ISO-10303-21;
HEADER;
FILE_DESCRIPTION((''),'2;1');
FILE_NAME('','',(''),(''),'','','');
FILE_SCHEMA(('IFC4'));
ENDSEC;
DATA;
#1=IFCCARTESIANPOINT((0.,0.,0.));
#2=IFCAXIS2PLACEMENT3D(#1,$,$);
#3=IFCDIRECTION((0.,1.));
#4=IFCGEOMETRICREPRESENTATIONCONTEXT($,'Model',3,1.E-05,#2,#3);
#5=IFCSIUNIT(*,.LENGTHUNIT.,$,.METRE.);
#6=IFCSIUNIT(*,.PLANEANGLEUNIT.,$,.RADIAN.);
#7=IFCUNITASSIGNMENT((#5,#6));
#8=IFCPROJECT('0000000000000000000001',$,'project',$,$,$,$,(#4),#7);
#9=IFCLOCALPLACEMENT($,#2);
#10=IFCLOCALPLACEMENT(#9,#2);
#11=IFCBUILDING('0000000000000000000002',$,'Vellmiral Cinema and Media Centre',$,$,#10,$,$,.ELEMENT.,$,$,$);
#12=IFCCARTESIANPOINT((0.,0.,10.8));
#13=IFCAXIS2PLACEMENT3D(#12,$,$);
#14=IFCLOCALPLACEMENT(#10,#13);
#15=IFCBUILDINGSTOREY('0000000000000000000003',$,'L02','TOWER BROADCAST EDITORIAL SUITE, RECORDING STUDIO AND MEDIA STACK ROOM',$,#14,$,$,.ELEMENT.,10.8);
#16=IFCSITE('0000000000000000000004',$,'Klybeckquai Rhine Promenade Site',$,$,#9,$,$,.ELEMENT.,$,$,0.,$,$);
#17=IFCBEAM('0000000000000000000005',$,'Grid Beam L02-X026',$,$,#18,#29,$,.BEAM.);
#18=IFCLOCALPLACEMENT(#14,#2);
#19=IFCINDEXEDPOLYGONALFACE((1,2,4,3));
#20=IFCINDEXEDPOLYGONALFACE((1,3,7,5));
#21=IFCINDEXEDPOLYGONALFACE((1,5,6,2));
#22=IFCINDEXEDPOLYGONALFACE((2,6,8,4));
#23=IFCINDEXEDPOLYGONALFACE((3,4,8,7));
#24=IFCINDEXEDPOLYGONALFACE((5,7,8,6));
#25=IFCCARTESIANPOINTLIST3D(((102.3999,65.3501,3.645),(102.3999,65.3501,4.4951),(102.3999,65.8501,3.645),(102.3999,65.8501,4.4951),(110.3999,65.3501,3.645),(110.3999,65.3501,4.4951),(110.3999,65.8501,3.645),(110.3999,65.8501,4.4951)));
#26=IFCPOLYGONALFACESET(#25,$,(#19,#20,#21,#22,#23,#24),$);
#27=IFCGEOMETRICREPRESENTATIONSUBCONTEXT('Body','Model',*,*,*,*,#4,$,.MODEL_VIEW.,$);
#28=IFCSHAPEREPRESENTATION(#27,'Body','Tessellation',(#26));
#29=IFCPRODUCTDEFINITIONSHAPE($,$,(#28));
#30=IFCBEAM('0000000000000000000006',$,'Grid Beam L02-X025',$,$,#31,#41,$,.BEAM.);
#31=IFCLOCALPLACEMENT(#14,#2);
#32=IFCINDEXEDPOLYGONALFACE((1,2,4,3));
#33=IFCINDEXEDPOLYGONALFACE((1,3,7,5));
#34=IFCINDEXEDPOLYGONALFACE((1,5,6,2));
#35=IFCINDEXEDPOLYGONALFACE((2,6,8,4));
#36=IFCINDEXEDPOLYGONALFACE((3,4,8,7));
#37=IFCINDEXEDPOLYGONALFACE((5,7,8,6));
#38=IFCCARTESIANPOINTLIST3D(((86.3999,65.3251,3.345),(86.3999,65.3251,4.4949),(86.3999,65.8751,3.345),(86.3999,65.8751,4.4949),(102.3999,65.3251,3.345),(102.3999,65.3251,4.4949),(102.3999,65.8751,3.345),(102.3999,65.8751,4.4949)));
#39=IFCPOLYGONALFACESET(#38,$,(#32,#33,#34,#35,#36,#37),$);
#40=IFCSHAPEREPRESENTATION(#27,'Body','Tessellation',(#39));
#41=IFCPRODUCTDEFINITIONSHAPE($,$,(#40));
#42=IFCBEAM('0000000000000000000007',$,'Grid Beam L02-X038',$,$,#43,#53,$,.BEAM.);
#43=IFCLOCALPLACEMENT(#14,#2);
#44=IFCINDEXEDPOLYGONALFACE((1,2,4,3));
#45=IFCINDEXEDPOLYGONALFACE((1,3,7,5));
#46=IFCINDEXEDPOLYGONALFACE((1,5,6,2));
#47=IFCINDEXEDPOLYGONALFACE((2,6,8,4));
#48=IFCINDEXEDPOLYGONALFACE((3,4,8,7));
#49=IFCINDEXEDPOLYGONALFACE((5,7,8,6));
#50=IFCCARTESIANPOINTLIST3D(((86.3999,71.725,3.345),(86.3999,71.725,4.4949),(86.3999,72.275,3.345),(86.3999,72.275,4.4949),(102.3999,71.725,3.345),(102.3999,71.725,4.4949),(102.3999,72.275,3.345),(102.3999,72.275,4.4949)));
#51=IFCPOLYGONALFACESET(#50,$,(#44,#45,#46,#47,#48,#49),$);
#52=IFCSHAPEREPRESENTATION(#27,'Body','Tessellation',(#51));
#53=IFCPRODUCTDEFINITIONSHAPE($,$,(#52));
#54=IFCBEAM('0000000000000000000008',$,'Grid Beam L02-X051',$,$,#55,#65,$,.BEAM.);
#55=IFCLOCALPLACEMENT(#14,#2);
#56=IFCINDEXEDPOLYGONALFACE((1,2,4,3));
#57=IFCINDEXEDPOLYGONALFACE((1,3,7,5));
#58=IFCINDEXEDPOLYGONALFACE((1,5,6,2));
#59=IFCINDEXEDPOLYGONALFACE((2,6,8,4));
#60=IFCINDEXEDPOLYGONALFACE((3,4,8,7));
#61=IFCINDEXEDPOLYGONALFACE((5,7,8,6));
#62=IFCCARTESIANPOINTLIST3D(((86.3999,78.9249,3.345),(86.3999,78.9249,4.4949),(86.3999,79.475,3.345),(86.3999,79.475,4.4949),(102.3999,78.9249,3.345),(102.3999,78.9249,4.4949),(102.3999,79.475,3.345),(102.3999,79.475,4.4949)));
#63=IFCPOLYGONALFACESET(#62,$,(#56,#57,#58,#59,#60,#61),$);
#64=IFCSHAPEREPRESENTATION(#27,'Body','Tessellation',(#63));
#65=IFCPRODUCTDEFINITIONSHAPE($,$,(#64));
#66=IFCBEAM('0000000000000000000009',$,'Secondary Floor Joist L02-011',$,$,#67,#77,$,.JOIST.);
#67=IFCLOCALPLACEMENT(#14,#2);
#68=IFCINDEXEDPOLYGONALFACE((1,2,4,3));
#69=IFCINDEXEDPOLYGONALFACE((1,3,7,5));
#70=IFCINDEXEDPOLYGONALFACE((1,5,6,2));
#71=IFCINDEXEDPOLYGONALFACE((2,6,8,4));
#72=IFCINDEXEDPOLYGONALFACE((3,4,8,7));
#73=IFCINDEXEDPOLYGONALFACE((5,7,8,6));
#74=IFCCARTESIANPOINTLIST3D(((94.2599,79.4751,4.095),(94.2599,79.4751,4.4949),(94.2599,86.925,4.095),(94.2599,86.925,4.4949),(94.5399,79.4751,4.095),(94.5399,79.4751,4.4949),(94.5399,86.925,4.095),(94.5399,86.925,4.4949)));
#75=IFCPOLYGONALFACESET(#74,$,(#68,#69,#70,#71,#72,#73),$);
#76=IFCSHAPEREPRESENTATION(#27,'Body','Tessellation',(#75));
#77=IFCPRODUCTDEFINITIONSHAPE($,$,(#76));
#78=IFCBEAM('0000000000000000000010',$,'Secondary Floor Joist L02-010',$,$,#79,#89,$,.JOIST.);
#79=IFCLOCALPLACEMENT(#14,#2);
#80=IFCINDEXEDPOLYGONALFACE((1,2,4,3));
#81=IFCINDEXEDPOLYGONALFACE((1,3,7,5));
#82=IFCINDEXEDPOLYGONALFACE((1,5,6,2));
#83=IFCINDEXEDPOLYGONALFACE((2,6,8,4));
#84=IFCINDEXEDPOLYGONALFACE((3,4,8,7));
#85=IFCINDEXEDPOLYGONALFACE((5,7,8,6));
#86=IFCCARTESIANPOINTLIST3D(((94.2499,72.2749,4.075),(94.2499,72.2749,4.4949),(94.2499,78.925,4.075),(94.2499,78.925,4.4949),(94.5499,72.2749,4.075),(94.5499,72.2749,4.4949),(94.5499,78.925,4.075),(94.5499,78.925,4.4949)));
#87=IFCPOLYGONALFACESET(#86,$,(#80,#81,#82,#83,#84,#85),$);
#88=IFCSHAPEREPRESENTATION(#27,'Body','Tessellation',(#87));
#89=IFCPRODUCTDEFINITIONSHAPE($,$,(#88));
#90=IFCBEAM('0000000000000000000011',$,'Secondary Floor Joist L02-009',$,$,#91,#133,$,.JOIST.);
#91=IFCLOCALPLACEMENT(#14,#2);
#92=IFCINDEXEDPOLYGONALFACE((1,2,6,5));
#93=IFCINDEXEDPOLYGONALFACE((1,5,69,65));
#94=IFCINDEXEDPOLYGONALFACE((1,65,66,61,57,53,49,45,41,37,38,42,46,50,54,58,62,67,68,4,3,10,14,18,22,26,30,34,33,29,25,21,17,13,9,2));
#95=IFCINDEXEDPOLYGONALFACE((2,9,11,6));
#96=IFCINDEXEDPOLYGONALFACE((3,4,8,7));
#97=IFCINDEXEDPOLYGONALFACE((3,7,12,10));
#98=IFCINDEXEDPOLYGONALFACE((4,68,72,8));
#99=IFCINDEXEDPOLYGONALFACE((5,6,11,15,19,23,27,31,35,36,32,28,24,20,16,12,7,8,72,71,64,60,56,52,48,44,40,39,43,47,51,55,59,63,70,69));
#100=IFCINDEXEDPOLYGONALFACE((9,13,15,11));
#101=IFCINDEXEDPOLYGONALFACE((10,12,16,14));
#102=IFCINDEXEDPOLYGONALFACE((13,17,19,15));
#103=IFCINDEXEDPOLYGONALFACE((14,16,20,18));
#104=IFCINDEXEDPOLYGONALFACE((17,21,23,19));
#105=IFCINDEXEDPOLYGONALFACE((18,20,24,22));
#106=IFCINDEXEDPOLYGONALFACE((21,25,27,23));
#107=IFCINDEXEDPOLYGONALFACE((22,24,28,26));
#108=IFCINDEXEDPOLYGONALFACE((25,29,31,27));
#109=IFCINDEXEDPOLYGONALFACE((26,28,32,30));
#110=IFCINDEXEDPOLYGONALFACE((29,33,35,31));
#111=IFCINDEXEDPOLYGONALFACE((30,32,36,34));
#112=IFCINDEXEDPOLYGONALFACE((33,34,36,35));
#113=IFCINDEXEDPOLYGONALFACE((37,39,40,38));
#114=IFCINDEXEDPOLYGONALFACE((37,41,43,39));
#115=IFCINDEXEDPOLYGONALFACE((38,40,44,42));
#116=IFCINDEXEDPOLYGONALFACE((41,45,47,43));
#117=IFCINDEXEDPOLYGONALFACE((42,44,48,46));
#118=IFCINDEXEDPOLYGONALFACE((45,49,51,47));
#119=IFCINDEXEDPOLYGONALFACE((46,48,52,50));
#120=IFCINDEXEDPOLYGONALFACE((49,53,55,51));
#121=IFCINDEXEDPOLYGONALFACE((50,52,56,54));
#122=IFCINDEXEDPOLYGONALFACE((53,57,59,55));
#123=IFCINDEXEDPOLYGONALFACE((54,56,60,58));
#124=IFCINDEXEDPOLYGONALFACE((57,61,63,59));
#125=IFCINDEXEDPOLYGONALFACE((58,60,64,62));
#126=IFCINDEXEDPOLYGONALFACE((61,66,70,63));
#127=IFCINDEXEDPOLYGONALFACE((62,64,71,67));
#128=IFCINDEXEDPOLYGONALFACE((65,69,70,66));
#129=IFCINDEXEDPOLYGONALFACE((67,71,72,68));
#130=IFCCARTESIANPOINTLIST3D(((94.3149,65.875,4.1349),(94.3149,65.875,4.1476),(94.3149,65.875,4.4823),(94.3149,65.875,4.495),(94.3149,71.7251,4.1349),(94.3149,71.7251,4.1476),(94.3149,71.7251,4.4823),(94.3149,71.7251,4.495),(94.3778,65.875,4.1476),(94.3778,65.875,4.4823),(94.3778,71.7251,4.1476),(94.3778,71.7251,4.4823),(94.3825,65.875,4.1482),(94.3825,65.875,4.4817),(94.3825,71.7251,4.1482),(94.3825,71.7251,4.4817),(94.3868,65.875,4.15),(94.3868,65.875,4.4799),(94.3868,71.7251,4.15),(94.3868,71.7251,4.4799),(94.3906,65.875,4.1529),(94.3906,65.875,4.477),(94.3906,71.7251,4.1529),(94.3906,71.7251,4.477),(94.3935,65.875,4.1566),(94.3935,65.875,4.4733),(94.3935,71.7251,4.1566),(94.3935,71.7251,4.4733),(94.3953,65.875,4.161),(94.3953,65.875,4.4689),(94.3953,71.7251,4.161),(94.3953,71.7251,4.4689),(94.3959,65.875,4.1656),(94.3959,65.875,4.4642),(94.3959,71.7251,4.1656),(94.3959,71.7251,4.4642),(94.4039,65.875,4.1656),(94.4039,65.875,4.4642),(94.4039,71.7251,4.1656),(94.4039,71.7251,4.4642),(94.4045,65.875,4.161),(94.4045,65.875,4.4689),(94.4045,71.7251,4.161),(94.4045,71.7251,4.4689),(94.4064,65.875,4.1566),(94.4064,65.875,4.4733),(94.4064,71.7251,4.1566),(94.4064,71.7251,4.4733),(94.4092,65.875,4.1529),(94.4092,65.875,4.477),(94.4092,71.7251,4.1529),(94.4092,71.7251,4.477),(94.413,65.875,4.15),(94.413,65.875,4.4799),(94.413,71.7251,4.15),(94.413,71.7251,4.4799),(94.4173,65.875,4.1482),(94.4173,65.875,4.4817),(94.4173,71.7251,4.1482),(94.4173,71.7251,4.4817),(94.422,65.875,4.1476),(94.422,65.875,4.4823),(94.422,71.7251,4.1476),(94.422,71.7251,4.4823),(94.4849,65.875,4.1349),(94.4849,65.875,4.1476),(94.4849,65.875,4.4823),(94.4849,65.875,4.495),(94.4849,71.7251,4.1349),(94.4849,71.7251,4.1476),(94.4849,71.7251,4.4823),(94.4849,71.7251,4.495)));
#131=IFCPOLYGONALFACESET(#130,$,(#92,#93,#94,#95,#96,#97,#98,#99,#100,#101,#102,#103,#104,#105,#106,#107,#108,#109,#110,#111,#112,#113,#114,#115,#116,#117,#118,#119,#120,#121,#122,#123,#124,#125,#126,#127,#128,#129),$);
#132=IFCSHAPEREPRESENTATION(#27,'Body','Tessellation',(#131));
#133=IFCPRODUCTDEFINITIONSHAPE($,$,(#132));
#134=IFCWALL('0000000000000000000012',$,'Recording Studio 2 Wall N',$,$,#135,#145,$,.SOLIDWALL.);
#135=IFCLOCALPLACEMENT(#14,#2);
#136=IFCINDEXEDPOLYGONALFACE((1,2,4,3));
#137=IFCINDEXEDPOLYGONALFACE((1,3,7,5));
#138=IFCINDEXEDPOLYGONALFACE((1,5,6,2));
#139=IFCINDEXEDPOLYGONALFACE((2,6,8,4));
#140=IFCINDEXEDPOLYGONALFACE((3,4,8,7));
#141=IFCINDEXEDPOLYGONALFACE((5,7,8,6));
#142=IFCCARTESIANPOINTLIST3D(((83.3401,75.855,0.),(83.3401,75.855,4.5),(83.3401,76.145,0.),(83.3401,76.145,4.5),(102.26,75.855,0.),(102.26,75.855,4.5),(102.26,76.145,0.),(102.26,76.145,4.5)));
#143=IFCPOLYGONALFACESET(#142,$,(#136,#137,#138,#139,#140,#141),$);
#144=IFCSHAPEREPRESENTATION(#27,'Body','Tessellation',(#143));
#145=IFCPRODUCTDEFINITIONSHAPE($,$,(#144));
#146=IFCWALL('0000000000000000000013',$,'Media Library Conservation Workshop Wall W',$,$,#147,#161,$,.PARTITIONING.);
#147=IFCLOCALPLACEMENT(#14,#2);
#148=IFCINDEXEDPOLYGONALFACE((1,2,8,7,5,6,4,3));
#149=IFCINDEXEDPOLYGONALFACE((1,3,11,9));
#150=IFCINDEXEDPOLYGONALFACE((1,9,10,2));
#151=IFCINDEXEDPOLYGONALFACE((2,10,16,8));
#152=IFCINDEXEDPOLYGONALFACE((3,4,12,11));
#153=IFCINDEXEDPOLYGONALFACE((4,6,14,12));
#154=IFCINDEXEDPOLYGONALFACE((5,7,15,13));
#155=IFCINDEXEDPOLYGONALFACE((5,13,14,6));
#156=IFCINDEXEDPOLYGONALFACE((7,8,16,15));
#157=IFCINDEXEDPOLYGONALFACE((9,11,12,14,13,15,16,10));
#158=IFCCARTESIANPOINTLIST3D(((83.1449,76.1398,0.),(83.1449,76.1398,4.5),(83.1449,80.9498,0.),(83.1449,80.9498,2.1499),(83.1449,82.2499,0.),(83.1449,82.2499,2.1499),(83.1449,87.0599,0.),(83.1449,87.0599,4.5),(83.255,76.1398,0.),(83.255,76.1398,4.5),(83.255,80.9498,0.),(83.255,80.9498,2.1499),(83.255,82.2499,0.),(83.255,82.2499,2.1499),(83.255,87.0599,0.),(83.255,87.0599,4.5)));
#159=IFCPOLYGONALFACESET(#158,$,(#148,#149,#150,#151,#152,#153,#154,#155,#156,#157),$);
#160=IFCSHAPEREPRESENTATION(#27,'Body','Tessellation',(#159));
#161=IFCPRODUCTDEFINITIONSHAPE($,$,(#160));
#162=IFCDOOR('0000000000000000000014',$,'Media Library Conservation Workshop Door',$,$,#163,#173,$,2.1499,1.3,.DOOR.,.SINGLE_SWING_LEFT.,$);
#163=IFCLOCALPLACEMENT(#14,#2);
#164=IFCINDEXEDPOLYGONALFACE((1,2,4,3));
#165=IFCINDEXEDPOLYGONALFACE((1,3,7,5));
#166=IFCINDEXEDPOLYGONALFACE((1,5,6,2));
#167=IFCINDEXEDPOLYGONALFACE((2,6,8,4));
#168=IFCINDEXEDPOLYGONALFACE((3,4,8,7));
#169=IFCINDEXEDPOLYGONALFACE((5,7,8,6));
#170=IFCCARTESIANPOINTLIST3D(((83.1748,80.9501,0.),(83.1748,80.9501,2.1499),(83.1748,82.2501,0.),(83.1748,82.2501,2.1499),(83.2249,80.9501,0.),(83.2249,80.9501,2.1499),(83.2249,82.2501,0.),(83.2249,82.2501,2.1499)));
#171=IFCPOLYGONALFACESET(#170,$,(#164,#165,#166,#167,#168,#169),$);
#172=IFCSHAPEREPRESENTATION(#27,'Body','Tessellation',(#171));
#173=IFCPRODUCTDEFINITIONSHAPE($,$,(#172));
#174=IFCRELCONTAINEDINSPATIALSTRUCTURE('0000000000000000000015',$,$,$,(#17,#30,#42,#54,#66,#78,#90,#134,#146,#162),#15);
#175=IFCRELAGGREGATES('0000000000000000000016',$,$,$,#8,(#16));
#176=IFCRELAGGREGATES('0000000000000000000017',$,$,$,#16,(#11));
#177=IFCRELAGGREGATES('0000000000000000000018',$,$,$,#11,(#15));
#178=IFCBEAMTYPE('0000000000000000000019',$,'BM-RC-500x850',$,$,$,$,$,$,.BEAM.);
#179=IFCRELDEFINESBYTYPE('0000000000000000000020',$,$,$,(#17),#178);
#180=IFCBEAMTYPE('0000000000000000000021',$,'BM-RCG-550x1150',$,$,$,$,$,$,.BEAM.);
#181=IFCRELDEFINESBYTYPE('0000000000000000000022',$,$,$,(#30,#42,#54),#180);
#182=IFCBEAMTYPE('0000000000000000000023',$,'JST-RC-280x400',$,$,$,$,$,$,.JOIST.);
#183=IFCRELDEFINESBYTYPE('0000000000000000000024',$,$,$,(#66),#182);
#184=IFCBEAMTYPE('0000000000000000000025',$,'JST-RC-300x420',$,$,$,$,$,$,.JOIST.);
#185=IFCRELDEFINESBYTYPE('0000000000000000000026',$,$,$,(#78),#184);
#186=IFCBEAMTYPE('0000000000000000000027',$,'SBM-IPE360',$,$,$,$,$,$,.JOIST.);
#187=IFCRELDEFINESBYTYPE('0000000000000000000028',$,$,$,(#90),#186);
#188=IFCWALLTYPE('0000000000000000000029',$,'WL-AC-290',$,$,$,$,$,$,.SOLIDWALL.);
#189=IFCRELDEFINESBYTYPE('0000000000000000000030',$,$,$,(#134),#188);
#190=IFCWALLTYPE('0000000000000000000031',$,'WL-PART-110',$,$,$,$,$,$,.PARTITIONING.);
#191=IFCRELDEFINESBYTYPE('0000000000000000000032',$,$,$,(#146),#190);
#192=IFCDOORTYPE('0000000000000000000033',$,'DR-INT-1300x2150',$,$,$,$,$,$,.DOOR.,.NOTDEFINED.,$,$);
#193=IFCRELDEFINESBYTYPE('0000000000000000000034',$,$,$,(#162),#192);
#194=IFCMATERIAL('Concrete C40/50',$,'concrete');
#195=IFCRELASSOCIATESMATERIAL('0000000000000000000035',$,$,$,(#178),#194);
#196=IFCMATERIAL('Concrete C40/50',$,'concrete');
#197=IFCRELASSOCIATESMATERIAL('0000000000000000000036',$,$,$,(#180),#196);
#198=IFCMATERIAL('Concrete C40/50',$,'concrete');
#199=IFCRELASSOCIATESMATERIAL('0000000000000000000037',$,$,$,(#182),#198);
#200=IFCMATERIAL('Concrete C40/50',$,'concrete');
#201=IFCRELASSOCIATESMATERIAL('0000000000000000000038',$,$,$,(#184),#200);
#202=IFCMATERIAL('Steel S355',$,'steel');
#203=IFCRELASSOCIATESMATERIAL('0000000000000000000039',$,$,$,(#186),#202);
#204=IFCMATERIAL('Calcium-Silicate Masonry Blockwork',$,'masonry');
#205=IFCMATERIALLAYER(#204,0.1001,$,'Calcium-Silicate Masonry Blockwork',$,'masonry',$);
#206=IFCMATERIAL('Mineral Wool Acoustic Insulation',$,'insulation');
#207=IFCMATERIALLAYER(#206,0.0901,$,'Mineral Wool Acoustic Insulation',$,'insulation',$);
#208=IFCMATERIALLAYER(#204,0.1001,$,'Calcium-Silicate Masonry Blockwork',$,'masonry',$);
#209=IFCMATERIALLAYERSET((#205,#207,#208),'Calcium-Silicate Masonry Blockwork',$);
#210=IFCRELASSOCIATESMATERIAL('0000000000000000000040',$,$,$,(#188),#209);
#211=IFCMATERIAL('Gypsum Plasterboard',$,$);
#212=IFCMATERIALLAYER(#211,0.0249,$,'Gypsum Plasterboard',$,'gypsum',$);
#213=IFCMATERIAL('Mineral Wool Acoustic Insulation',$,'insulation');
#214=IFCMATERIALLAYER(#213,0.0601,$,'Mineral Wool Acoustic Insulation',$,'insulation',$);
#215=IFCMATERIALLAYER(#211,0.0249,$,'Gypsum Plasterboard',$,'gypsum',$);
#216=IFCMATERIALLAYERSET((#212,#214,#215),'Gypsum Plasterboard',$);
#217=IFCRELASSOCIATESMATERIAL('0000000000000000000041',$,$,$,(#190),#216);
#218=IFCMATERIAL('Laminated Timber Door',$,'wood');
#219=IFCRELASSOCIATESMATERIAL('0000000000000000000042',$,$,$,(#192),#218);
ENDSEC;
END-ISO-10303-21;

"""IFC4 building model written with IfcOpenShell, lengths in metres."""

from ifc_helpers import new_model, si_unit, direction, frame, frame_2d, origin, origin_2d, place, context, subcontext, project, spatial, rectangle, i_section, extrude, material, layer, layer_set, material_profile, profile_set, type_object, element, fill, save


model = new_model("IFC4")

# Units and contexts
model_context = context("Model", 3, precision=1e-05, world=origin(), true_north=direction((0.0, 1.0)))
body_context = subcontext(model_context, "Body", "Model", "MODEL_VIEW")
ifc_project = project(units=[si_unit("LENGTHUNIT", "METRE"), si_unit("PLANEANGLEUNIT", "RADIAN")], contexts=[model_context])

# Site, building, storey
site_placement = place(None, origin())
site = spatial("IfcSite", under=ifc_project, at=site_placement, Name="Klybeckquai Rhine Promenade Site", CompositionType="ELEMENT", RefElevation=0.0)
building_placement = place(site_placement, origin())
building = spatial("IfcBuilding", under=site, at=building_placement, Name="Vellmiral Cinema and Media Centre", CompositionType="ELEMENT")
storey_placement = place(building_placement, frame((0.0, 0.0, 10.8)))
storey = spatial("IfcBuildingStorey", under=building, at=storey_placement, Name="L02", Description="TOWER BROADCAST EDITORIAL SUITE, RECORDING STUDIO AND MEDIA STACK ROOM", CompositionType="ELEMENT", Elevation=10.8)

# Beams
ifc_material_1 = material(Name="Concrete C40/50", Category="concrete")
ifc_material_profile_1 = material_profile(ifc_material_1, rectangle(XDim=0.5, YDim=0.8501, at=origin_2d()), Name="RC 500x850")
ifc_profile_set_1 = profile_set([ifc_material_profile_1], Name="Concrete C40/50")
beam_type_1 = type_object("IfcBeamType", Name="BM-RC-500x850", PredefinedType="BEAM", material=ifc_profile_set_1)
beam_1_placement = place(storey_placement, frame((102.3999, 65.6001, 4.0701), z_axis=(1.0, 0.0, 0.0), x_axis=(0.0, 1.0, 0.0)))
element("IfcBeam", 1, at=beam_1_placement, inside=storey, type_object=beam_type_1, Name="Grid Beam L02-X026", PredefinedType="BEAM", context=body_context, shape_type="SweptSolid", body=[
    extrude(rectangle(XDim=0.5, YDim=0.8501, at=origin_2d()), origin(), (0.0, 0.0, 1.0), 8.0),
])
ifc_material_2 = material(Name="Concrete C40/50", Category="concrete")
ifc_material_profile_2 = material_profile(ifc_material_2, rectangle(XDim=0.55, YDim=1.1499, at=origin_2d()), Name="RC 550x1150")
ifc_profile_set_2 = profile_set([ifc_material_profile_2], Name="Concrete C40/50")
beam_type_2 = type_object("IfcBeamType", Name="BM-RCG-550x1150", PredefinedType="BEAM", material=ifc_profile_set_2)
for number, where, z_axis, x_axis, name in (
    (2, (86.3999, 65.6001, 3.9199), (1.0, 0.0, 0.0), (0.0, 1.0, 0.0), "Grid Beam L02-X025"),
    (3, (86.3999, 72.0, 3.9199), (1.0, 0.0, 0.0), (0.0, 1.0, 0.0), "Grid Beam L02-X038"),
    (4, (86.3999, 79.2, 3.9199), (1.0, 0.0, 0.0), (0.0, 1.0, 0.0), "Grid Beam L02-X051"),
):
    element("IfcBeam", number, at=place(storey_placement, frame(where, z_axis=z_axis, x_axis=x_axis)), inside=storey, type_object=beam_type_2, Name=name, PredefinedType="BEAM", context=body_context, shape_type="SweptSolid", body=[
        extrude(rectangle(XDim=0.55, YDim=1.1499, at=origin_2d()), origin(), (0.0, 0.0, 1.0), 16.0),
    ])
ifc_material_3 = material(Name="Concrete C40/50", Category="concrete")
ifc_material_profile_3 = material_profile(ifc_material_3, rectangle(XDim=0.28, YDim=0.3999, at=origin_2d()), Name="RC 280x400")
ifc_profile_set_3 = profile_set([ifc_material_profile_3], Name="Concrete C40/50")
beam_type_3 = type_object("IfcBeamType", Name="JST-RC-280x400", PredefinedType="JOIST", material=ifc_profile_set_3)
beam_2_placement = place(storey_placement, frame((94.3999, 79.4751, 4.2949), z_axis=(0.0, 1.0, 0.0), x_axis=(-1.0, 0.0, 0.0)))
element("IfcBeam", 5, at=beam_2_placement, inside=storey, type_object=beam_type_3, Name="Secondary Floor Joist L02-011", PredefinedType="JOIST", context=body_context, shape_type="SweptSolid", body=[
    extrude(rectangle(XDim=0.28, YDim=0.3999, at=origin_2d()), origin(), (0.0, 0.0, 1.0), 7.45),
])
ifc_material_4 = material(Name="Concrete C40/50", Category="concrete")
ifc_material_profile_4 = material_profile(ifc_material_4, rectangle(XDim=0.3, YDim=0.4199, at=origin_2d()), Name="RC 300x420")
ifc_profile_set_4 = profile_set([ifc_material_profile_4], Name="Concrete C40/50")
beam_type_4 = type_object("IfcBeamType", Name="JST-RC-300x420", PredefinedType="JOIST", material=ifc_profile_set_4)
beam_3_placement = place(storey_placement, frame((94.3999, 72.2749, 4.2849), z_axis=(0.0, 1.0, 0.0), x_axis=(-1.0, 0.0, 0.0)))
element("IfcBeam", 6, at=beam_3_placement, inside=storey, type_object=beam_type_4, Name="Secondary Floor Joist L02-010", PredefinedType="JOIST", context=body_context, shape_type="SweptSolid", body=[
    extrude(rectangle(XDim=0.3, YDim=0.4199, at=origin_2d()), origin(), (0.0, 0.0, 1.0), 6.6501),
])
ifc_material_5 = material(Name="Steel S355", Category="steel")
ifc_material_profile_5 = material_profile(ifc_material_5, i_section(OverallWidth=0.1699, OverallDepth=0.3601, WebThickness=0.0081, FlangeThickness=0.0127, FilletRadius=0.0181, at=origin_2d()), Name="IPE 360")
ifc_profile_set_5 = profile_set([ifc_material_profile_5], Name="Steel S355")
beam_type_5 = type_object("IfcBeamType", Name="SBM-IPE360", PredefinedType="JOIST", material=ifc_profile_set_5)
beam_4_placement = place(storey_placement, frame((94.3999, 65.875, 4.3149), z_axis=(0.0, 1.0, 0.0), x_axis=(-1.0, 0.0, 0.0)))
element("IfcBeam", 7, at=beam_4_placement, inside=storey, type_object=beam_type_5, Name="Secondary Floor Joist L02-009", PredefinedType="JOIST", context=body_context, shape_type="SweptSolid", body=[
    extrude(i_section(OverallWidth=0.1699, OverallDepth=0.3601, WebThickness=0.0081, FlangeThickness=0.0127, FilletRadius=0.0181, at=origin_2d()), origin(), (0.0, 0.0, 1.0), 5.8501),
])

# Wall
ifc_material_6 = material(Name="Calcium-Silicate Masonry Blockwork", Category="masonry")
ifc_layer_1 = layer(ifc_material_6, 0.1001, Name="Calcium-Silicate Masonry Blockwork", Category="masonry")
ifc_material_7 = material(Name="Mineral Wool Acoustic Insulation", Category="insulation")
ifc_layer_2 = layer(ifc_material_7, 0.0901, Name="Mineral Wool Acoustic Insulation", Category="insulation")
ifc_layer_3 = layer(ifc_material_6, 0.1001, Name="Calcium-Silicate Masonry Blockwork", Category="masonry")
ifc_layer_set_1 = layer_set([ifc_layer_1, ifc_layer_2, ifc_layer_3], Name="Calcium-Silicate Masonry Blockwork")
wall_type_1 = type_object("IfcWallType", Name="WL-AC-290", PredefinedType="SOLIDWALL", material=ifc_layer_set_1)
wall_1_placement = place(storey_placement, frame((83.3401, 76.0, 0.0), z_axis=(0.0, 0.0, 1.0), x_axis=(1.0, 0.0, 0.0)))
element("IfcWall", 8, at=wall_1_placement, inside=storey, type_object=wall_type_1, Name="Recording Studio 2 Wall N", PredefinedType="SOLIDWALL", context=body_context, shape_type="SweptSolid", body=[
    extrude(rectangle(XDim=18.9199, YDim=0.29, at=frame_2d((9.46, 0.0))), origin(), (0.0, 0.0, 1.0), 4.5),
])

# Wall, opening, door
ifc_material_8 = material(Name="Gypsum Plasterboard")
ifc_layer_4 = layer(ifc_material_8, 0.0249, Name="Gypsum Plasterboard", Category="gypsum")
ifc_material_9 = material(Name="Mineral Wool Acoustic Insulation", Category="insulation")
ifc_layer_5 = layer(ifc_material_9, 0.0601, Name="Mineral Wool Acoustic Insulation", Category="insulation")
ifc_layer_6 = layer(ifc_material_8, 0.0249, Name="Gypsum Plasterboard", Category="gypsum")
ifc_layer_set_2 = layer_set([ifc_layer_4, ifc_layer_5, ifc_layer_6], Name="Gypsum Plasterboard")
wall_type_2 = type_object("IfcWallType", Name="WL-PART-110", PredefinedType="PARTITIONING", material=ifc_layer_set_2)
wall_2_placement = place(storey_placement, frame((83.2, 76.1399, 0.0), z_axis=(0.0, 0.0, 1.0), x_axis=(0.0, 1.0, 0.0)))
wall_2 = element("IfcWall", 9, at=wall_2_placement, inside=storey, type_object=wall_type_2, Name="Media Library Conservation Workshop Wall W", PredefinedType="PARTITIONING", context=body_context, shape_type="SweptSolid", body=[
    extrude(rectangle(XDim=10.9202, YDim=0.1101, at=frame_2d((5.46, 0.0))), origin(), (0.0, 0.0, 1.0), 4.5),
])
opening_1_placement = place(wall_2_placement, frame((4.8101, 0.0, 0.0)))
opening_1 = element("IfcOpeningElement", 10, at=opening_1_placement, cuts=wall_2, PredefinedType="OPENING", context=body_context, shape_type="SweptSolid", body=[
    extrude(rectangle(XDim=1.3, YDim=2.1499, at=frame_2d((0.6499, 1.075))), frame((0.0, 0.0669, 0.0), z_axis=(0.0, -1.0, 0.0), x_axis=(1.0, 0.0, 0.0)), (0.0, 0.0, 1.0), 0.134),
])
ifc_material_10 = material(Name="Laminated Timber Door", Category="wood")
door_type_1 = type_object("IfcDoorType", Name="DR-INT-1300x2150", OperationType="NOTDEFINED", PredefinedType="DOOR", material=ifc_material_10)
door_1_placement = place(opening_1_placement, frame((1.3, 0.0, 0.0), z_axis=(0.0, 0.0, 1.0), x_axis=(-1.0, 0.0, 0.0)))
door_1 = element("IfcDoor", 11, at=door_1_placement, inside=storey, type_object=door_type_1, Name="Media Library Conservation Workshop Door", OperationType="SINGLE_SWING_LEFT", OverallHeight=2.1499, OverallWidth=1.3, PredefinedType="DOOR", context=body_context, shape_type="SweptSolid", body=[
    extrude(rectangle(XDim=1.3, YDim=2.1499, at=frame_2d((0.6499, 1.075))), frame((0.0, 0.0249, 0.0), z_axis=(0.0, -1.0, 0.0), x_axis=(1.0, 0.0, 0.0)), (0.0, 0.0, 1.0), 0.05),
])
fill(opening_1, door_1)

save(model, "model.ifc")
